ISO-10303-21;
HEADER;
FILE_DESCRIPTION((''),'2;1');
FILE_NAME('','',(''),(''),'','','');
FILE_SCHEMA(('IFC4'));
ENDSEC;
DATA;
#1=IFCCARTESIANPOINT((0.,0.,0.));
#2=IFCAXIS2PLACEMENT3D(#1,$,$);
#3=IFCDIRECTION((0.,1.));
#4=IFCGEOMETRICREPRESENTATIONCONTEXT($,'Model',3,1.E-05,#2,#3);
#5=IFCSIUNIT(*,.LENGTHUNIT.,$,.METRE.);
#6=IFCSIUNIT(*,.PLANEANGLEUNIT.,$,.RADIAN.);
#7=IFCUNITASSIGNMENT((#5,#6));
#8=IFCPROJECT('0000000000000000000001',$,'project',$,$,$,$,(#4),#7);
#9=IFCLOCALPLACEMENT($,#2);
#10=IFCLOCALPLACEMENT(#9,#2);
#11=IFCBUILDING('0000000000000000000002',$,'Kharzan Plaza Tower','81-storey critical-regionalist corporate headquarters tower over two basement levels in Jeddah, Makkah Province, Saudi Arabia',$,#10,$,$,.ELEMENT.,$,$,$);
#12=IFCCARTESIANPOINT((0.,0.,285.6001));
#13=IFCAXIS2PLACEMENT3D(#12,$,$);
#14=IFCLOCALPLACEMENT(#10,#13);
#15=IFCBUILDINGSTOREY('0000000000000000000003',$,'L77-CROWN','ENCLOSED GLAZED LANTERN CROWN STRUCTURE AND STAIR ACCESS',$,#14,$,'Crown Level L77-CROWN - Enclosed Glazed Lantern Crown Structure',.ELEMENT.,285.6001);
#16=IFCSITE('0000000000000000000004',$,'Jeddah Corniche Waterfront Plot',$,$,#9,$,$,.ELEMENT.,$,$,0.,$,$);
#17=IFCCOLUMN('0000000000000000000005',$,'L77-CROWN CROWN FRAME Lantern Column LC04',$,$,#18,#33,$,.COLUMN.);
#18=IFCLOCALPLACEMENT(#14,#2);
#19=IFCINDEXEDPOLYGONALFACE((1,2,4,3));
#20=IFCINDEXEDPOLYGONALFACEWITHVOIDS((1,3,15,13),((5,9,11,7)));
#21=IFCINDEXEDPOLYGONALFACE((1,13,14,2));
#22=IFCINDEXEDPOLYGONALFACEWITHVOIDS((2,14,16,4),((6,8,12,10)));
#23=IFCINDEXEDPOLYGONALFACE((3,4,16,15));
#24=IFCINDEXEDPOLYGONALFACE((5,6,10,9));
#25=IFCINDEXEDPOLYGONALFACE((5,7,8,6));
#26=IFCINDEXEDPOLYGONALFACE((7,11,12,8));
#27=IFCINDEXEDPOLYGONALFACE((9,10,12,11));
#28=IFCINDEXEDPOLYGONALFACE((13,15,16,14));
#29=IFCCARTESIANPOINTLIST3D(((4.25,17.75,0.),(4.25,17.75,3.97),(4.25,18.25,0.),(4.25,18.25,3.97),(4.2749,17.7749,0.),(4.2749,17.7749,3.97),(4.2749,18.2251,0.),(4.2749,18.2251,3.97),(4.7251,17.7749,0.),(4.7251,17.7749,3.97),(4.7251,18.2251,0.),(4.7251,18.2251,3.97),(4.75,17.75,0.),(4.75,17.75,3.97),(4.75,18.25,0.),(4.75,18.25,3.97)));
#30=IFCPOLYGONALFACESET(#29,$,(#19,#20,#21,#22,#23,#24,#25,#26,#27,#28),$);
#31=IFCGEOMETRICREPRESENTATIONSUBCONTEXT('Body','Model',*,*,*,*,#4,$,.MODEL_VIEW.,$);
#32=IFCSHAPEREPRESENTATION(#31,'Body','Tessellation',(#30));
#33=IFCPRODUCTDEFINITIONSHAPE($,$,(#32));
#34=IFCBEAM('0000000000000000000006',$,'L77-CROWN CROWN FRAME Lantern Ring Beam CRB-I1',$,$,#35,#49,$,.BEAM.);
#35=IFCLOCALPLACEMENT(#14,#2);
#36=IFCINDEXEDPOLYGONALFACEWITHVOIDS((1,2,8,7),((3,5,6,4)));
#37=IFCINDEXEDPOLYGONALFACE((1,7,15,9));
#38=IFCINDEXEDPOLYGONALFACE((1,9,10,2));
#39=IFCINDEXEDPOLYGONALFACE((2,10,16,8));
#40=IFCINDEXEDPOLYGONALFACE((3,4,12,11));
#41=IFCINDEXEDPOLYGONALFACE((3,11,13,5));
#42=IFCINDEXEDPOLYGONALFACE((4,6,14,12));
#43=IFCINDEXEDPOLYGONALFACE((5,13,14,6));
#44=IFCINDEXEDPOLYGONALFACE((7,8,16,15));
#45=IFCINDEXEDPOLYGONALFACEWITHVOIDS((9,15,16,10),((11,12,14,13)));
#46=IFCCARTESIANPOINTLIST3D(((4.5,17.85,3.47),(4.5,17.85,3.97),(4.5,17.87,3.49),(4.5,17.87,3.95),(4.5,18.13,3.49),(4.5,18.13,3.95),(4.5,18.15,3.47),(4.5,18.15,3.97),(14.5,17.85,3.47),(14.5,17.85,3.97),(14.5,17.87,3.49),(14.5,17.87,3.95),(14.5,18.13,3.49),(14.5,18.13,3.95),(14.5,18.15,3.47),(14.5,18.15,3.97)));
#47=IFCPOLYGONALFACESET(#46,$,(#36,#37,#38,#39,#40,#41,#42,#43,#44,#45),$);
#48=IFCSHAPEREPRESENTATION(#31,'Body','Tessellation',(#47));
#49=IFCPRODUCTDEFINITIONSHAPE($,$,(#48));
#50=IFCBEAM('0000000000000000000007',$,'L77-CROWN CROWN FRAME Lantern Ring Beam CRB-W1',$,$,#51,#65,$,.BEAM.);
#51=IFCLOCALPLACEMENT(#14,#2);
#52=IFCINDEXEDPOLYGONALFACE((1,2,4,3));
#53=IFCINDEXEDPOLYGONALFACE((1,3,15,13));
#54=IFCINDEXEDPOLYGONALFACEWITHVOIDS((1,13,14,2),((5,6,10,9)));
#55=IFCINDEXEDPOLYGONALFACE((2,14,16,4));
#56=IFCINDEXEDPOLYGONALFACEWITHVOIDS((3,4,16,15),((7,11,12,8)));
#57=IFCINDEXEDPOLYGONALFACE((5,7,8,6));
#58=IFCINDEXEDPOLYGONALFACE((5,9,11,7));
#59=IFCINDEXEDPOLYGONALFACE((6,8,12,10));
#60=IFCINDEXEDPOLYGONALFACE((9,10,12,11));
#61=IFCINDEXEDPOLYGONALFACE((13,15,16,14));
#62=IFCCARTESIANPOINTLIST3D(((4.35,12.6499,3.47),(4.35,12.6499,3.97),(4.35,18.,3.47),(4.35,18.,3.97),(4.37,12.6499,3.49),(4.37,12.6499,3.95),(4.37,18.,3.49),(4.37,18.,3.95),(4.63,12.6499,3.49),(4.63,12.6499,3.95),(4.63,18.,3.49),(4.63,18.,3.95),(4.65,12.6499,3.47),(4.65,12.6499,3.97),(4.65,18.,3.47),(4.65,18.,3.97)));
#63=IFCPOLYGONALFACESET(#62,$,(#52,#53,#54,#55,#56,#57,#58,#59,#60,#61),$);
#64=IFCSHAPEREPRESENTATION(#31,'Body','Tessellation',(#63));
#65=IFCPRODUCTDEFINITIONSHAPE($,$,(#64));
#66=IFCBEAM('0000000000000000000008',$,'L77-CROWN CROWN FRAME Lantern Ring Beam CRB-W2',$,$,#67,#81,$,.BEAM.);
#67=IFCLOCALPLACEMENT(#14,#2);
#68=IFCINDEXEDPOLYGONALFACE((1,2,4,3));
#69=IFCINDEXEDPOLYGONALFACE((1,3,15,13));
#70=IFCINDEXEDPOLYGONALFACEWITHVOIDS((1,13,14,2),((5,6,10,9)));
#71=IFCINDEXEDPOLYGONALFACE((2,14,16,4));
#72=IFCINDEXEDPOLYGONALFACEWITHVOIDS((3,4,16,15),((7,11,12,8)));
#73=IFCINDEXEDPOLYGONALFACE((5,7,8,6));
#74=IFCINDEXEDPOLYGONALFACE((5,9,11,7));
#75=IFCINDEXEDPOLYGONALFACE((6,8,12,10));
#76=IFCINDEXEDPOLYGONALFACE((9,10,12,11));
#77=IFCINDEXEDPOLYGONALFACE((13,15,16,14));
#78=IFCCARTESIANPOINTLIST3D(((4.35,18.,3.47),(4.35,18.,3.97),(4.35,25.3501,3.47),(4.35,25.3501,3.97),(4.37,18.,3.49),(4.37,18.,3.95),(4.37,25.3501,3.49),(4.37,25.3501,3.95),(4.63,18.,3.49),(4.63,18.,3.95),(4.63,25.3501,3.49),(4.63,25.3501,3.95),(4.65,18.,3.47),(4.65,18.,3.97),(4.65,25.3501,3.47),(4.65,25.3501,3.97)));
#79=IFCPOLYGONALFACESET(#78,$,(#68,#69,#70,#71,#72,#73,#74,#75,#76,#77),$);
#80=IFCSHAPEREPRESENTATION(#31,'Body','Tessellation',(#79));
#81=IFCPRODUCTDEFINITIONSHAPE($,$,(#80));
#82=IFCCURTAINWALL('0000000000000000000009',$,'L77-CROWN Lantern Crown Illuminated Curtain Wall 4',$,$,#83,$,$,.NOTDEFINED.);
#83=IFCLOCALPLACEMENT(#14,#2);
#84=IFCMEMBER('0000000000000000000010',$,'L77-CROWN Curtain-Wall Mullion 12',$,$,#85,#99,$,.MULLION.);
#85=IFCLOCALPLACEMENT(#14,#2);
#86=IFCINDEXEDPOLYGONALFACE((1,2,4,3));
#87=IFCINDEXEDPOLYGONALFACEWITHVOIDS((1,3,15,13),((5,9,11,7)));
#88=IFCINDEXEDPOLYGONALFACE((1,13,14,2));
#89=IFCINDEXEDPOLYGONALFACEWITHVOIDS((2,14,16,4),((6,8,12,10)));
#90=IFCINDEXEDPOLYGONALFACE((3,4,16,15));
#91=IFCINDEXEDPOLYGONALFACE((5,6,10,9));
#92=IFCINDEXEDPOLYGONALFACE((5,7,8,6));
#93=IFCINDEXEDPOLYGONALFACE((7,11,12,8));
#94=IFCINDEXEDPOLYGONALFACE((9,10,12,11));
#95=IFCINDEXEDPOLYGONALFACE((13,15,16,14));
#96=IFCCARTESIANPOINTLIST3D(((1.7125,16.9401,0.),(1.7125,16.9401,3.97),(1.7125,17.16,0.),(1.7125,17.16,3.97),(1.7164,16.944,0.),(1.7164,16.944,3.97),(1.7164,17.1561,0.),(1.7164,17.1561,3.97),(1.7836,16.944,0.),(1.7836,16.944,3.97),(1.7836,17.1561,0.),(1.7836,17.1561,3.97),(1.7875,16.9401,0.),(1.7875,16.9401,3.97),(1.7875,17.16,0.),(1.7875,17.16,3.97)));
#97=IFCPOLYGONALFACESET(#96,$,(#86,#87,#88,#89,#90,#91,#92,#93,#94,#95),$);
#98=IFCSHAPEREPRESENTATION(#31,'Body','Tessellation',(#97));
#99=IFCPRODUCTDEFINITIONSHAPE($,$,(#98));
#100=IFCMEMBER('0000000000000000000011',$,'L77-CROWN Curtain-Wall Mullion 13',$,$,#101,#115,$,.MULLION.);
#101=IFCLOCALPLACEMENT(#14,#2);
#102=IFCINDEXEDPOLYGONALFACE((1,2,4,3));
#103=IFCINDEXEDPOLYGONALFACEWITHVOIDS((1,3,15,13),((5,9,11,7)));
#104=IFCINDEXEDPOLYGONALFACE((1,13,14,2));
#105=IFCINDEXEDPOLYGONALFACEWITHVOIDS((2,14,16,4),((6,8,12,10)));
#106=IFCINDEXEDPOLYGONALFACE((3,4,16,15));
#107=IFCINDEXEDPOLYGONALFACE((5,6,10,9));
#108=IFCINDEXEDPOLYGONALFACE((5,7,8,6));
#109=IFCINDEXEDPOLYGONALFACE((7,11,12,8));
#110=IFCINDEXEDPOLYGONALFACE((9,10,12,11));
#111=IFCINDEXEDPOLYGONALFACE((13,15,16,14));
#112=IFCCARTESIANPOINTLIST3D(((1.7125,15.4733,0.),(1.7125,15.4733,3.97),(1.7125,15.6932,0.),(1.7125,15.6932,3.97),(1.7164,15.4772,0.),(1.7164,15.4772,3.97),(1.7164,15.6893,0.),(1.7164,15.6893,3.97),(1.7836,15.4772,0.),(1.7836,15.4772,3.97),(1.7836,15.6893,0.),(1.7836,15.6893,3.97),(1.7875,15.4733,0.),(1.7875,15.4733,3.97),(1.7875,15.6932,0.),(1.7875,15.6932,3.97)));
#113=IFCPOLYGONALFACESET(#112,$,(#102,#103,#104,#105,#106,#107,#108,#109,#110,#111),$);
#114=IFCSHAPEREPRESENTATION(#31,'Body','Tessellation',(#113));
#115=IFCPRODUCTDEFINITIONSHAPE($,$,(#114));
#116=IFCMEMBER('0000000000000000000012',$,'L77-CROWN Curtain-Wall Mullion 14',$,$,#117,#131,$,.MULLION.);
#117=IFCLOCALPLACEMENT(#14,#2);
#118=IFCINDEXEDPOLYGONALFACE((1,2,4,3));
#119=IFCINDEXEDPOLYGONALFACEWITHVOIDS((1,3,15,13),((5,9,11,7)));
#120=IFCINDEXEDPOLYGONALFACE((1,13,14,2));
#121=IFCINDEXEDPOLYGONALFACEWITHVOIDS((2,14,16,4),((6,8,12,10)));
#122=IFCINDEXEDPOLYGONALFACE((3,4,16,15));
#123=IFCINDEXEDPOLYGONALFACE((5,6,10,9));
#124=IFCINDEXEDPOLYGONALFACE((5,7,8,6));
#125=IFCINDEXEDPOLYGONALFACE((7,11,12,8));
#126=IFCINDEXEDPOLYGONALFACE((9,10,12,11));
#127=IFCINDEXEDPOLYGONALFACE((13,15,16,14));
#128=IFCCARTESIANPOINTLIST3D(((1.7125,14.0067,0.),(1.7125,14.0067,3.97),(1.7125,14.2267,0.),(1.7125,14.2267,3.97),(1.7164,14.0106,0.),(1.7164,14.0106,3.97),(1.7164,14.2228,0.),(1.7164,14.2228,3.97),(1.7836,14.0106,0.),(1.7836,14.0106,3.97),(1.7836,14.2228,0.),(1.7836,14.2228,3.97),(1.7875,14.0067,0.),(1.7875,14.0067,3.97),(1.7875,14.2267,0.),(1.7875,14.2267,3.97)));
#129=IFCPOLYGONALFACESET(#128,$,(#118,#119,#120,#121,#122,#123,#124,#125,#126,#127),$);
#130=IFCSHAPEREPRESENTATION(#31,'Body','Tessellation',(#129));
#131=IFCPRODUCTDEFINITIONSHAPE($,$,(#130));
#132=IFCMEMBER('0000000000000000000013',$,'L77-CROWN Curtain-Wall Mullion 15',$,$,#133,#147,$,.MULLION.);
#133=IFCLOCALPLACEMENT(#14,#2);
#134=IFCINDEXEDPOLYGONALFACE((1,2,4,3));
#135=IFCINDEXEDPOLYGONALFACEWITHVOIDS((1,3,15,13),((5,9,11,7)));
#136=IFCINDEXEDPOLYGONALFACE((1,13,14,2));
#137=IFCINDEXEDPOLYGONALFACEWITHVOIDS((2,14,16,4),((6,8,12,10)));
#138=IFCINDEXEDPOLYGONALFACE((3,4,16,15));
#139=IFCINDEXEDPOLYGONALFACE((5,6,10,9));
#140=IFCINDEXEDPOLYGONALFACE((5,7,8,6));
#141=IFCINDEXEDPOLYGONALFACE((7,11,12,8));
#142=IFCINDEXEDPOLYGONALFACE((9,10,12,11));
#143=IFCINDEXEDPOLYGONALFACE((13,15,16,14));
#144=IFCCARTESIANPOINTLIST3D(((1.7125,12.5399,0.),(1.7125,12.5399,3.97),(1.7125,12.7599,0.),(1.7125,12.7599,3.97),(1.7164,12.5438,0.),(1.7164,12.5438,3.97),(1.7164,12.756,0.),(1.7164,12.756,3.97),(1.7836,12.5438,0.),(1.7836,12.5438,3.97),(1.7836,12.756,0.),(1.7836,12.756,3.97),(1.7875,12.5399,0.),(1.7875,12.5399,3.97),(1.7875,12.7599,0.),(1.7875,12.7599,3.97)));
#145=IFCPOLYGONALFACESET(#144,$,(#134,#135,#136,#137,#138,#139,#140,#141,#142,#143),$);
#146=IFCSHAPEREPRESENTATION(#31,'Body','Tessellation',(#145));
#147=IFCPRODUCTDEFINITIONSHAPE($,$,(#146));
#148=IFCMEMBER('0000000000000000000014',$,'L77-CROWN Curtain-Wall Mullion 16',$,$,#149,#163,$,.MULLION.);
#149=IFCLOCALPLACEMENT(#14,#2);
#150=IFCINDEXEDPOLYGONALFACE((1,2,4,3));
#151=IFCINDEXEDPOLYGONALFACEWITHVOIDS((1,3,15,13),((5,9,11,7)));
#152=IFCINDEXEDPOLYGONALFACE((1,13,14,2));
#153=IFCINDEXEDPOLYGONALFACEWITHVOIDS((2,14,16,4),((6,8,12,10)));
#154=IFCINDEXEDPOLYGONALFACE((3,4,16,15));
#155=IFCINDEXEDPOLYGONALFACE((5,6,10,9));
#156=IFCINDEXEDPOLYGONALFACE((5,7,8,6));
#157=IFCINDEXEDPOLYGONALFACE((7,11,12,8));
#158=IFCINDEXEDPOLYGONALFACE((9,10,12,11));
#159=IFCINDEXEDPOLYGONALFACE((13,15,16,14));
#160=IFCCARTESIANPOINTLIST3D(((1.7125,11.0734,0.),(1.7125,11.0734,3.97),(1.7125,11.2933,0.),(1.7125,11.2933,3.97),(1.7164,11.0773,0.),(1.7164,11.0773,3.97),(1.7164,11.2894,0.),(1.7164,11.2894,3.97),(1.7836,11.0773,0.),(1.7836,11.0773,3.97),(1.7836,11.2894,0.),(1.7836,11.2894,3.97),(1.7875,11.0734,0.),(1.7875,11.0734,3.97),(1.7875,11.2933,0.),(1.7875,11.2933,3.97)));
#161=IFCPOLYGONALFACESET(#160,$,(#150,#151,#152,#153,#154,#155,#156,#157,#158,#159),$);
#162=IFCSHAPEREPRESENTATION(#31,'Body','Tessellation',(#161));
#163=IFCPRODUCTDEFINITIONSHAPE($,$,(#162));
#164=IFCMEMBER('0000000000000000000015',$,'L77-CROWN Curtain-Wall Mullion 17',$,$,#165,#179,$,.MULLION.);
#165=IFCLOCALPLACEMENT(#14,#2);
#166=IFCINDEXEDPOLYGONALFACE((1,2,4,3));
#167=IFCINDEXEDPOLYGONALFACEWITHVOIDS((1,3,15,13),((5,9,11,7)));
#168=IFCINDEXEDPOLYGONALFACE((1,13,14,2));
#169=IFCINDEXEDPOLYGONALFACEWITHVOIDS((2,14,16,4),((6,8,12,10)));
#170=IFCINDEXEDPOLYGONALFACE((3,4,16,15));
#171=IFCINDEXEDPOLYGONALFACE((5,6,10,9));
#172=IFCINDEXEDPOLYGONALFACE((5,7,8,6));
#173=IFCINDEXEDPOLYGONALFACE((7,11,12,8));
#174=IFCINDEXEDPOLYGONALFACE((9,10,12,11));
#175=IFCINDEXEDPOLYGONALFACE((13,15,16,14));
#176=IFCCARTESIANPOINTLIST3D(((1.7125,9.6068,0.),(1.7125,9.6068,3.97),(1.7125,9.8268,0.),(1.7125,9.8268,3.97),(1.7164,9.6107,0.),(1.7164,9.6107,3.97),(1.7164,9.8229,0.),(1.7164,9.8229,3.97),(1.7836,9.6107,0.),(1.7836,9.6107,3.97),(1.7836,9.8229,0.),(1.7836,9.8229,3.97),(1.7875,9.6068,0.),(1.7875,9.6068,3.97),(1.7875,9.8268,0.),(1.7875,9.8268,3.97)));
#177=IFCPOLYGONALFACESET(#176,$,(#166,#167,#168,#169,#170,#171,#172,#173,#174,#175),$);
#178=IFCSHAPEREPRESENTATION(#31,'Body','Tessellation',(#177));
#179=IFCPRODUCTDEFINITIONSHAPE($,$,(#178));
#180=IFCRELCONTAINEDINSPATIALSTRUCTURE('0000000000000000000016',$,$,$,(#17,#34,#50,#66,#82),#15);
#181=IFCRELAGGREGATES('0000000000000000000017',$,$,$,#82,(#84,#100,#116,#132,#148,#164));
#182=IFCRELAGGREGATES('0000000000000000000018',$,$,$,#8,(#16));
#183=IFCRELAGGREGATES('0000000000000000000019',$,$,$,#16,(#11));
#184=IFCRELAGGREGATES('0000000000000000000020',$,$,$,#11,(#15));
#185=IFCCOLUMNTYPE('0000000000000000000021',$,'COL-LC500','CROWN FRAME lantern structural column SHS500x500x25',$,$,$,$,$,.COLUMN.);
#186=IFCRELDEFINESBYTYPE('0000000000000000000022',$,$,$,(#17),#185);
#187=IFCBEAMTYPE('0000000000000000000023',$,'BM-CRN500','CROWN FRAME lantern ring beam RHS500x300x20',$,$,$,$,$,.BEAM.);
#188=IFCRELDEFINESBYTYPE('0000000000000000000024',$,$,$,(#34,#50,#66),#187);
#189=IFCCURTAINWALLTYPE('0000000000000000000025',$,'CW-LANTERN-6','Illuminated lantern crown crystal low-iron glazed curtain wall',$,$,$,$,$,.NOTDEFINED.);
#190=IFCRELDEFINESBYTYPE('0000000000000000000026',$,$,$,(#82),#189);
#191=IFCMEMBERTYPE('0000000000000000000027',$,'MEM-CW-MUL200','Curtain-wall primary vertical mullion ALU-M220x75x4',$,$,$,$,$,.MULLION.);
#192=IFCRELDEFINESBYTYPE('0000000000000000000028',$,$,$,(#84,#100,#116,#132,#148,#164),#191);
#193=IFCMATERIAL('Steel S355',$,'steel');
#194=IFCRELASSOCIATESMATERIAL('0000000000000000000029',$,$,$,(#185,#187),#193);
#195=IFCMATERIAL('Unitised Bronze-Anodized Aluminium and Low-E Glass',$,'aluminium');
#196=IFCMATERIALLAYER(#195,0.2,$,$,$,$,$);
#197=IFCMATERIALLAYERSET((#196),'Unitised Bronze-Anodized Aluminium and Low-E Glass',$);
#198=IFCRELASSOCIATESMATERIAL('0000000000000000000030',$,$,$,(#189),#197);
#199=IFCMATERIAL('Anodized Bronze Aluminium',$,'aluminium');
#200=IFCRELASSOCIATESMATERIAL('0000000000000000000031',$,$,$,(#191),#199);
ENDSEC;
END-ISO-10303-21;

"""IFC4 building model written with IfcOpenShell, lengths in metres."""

from ifc_helpers import new_model, si_unit, direction, frame, origin, origin_2d, place, context, subcontext, project, spatial, hollow_rectangle, extrude, source, transform, mapped, material, layer, layer_set, material_profile, profile_set, type_object, element, aggregate, save


model = new_model("IFC4")

# Units and contexts
model_context = context("Model", 3, precision=1e-05, world=origin(), true_north=direction((0.0, 1.0)))
body_context = subcontext(model_context, "Body", "Model", "MODEL_VIEW")
ifc_project = project(units=[si_unit("LENGTHUNIT", "METRE"), si_unit("PLANEANGLEUNIT", "RADIAN")], contexts=[model_context])

# Site, building, storey
site_placement = place(None, origin())
site = spatial("IfcSite", under=ifc_project, at=site_placement, Name="Jeddah Corniche Waterfront Plot", CompositionType="ELEMENT", RefElevation=0.0)
building_placement = place(site_placement, origin())
building = spatial("IfcBuilding", under=site, at=building_placement, Name="Kharzan Plaza Tower", Description="81-storey critical-regionalist corporate headquarters tower over two basement levels in Jeddah, Makkah Province, Saudi Arabia", CompositionType="ELEMENT")
storey_placement = place(building_placement, frame((0.0, 0.0, 285.6001)))
storey = spatial("IfcBuildingStorey", under=building, at=storey_placement, Name="L77-CROWN", Description="ENCLOSED GLAZED LANTERN CROWN STRUCTURE AND STAIR ACCESS", LongName="Crown Level L77-CROWN - Enclosed Glazed Lantern Crown Structure", CompositionType="ELEMENT", Elevation=285.6001)

# Column
ifc_material_1 = material(Name="Steel S355", Category="steel")
ifc_material_profile_1 = material_profile(ifc_material_1, hollow_rectangle(XDim=0.5, YDim=0.5, WallThickness=0.0249, at=origin_2d()), Name="SHS500x500x25")
ifc_profile_set_1 = profile_set([ifc_material_profile_1], Name="Steel S355")
column_type = type_object("IfcColumnType", Name="COL-LC500", Description="CROWN FRAME lantern structural column SHS500x500x25", PredefinedType="COLUMN", material=ifc_profile_set_1)
shared_shape_1 = source(origin(), body_context, "Body", "SweptSolid", [
    extrude(hollow_rectangle(XDim=0.5, YDim=0.5, WallThickness=0.0249, at=origin_2d()), origin(), (0.0, 0.0, 1.0), 3.97),
])
column_placement = place(storey_placement, frame((4.5, 18.0, 0.0), z_axis=(0.0, 0.0, 1.0), x_axis=(1.0, 0.0, 0.0)))
element("IfcColumn", 1, at=column_placement, inside=storey, type_object=column_type, Name="L77-CROWN CROWN FRAME Lantern Column LC04", PredefinedType="COLUMN", context=body_context, shape_type="MappedRepresentation", body=[
    mapped(shared_shape_1, transform((0.0, 0.0, 0.0), x_axis=(1.0, 0.0, 0.0), y_axis=(0.0, 1.0, 0.0), z_axis=(0.0, 0.0, 1.0))),
])

# Beams
ifc_material_profile_2 = material_profile(ifc_material_1, hollow_rectangle(XDim=0.3, YDim=0.5, WallThickness=0.02, at=origin_2d()), Name="RHS500x300x20")
ifc_profile_set_2 = profile_set([ifc_material_profile_2], Name="Steel S355")
beam_type = type_object("IfcBeamType", Name="BM-CRN500", Description="CROWN FRAME lantern ring beam RHS500x300x20", PredefinedType="BEAM", material=ifc_profile_set_2)
shared_shape_2 = source(origin(), body_context, "Body", "SweptSolid", [
    extrude(hollow_rectangle(XDim=0.3, YDim=0.5, WallThickness=0.02, at=origin_2d()), origin(), (0.0, 0.0, 1.0), 10.0),
])
beam_1_placement = place(storey_placement, frame((4.5, 18.0, 3.72), z_axis=(1.0, 0.0, 0.0), x_axis=(0.0, 1.0, 0.0)))
element("IfcBeam", 2, at=beam_1_placement, inside=storey, type_object=beam_type, Name="L77-CROWN CROWN FRAME Lantern Ring Beam CRB-I1", PredefinedType="BEAM", context=body_context, shape_type="MappedRepresentation", body=[
    mapped(shared_shape_2, transform((0.0, 0.0, 0.0), x_axis=(1.0, 0.0, 0.0), y_axis=(0.0, 1.0, 0.0), z_axis=(0.0, 0.0, 1.0))),
])
shared_shape_3 = source(origin(), body_context, "Body", "SweptSolid", [
    extrude(hollow_rectangle(XDim=0.3, YDim=0.5, WallThickness=0.02, at=origin_2d()), origin(), (0.0, 0.0, 1.0), 5.3501),
])
beam_2_placement = place(storey_placement, frame((4.5, 12.6499, 3.72), z_axis=(0.0, 1.0, 0.0), x_axis=(-1.0, 0.0, 0.0)))
element("IfcBeam", 3, at=beam_2_placement, inside=storey, type_object=beam_type, Name="L77-CROWN CROWN FRAME Lantern Ring Beam CRB-W1", PredefinedType="BEAM", context=body_context, shape_type="MappedRepresentation", body=[
    mapped(shared_shape_3, transform((0.0, 0.0, 0.0), x_axis=(1.0, 0.0, 0.0), y_axis=(0.0, 1.0, 0.0), z_axis=(0.0, 0.0, 1.0))),
])
shared_shape_4 = source(origin(), body_context, "Body", "SweptSolid", [
    extrude(hollow_rectangle(XDim=0.3, YDim=0.5, WallThickness=0.02, at=origin_2d()), origin(), (0.0, 0.0, 1.0), 7.3501),
])
beam_3_placement = place(storey_placement, frame((4.5, 18.0, 3.72), z_axis=(0.0, 1.0, 0.0), x_axis=(-1.0, 0.0, 0.0)))
element("IfcBeam", 4, at=beam_3_placement, inside=storey, type_object=beam_type, Name="L77-CROWN CROWN FRAME Lantern Ring Beam CRB-W2", PredefinedType="BEAM", context=body_context, shape_type="MappedRepresentation", body=[
    mapped(shared_shape_4, transform((0.0, 0.0, 0.0), x_axis=(1.0, 0.0, 0.0), y_axis=(0.0, 1.0, 0.0), z_axis=(0.0, 0.0, 1.0))),
])

# Curtain wall, members
ifc_material_2 = material(Name="Unitised Bronze-Anodized Aluminium and Low-E Glass", Category="aluminium")
ifc_layer_1 = layer(ifc_material_2, 0.2)
ifc_layer_set_1 = layer_set([ifc_layer_1], Name="Unitised Bronze-Anodized Aluminium and Low-E Glass")
curtain_wall_type = type_object("IfcCurtainWallType", Name="CW-LANTERN-6", Description="Illuminated lantern crown crystal low-iron glazed curtain wall", PredefinedType="NOTDEFINED", material=ifc_layer_set_1)
curtain_wall_placement = place(storey_placement, origin())
curtain_wall = element("IfcCurtainWall", 5, at=curtain_wall_placement, inside=storey, type_object=curtain_wall_type, Name="L77-CROWN Lantern Crown Illuminated Curtain Wall 4", PredefinedType="NOTDEFINED")
ifc_material_3 = material(Name="Anodized Bronze Aluminium", Category="aluminium")
ifc_material_profile_3 = material_profile(ifc_material_3, hollow_rectangle(XDim=0.075, YDim=0.22, WallThickness=0.0039, at=origin_2d()), Name="ALU-M220x75x4")
ifc_profile_set_3 = profile_set([ifc_material_profile_3], Name="Anodized Bronze Aluminium")
member_type = type_object("IfcMemberType", Name="MEM-CW-MUL200", Description="Curtain-wall primary vertical mullion ALU-M220x75x4", PredefinedType="MULLION", material=ifc_profile_set_3)
shared_shape_5 = source(origin(), body_context, "Body", "SweptSolid", [
    extrude(hollow_rectangle(XDim=0.075, YDim=0.22, WallThickness=0.0039, at=origin_2d()), origin(), (0.0, 0.0, 1.0), 3.97),
])
member_1_placement = place(storey_placement, frame((1.75, 17.05, 0.0), z_axis=(0.0, 0.0, 1.0), x_axis=(1.0, 0.0, 0.0)))
member_1 = element("IfcMember", 6, at=member_1_placement, type_object=member_type, Name="L77-CROWN Curtain-Wall Mullion 12", PredefinedType="MULLION", context=body_context, shape_type="MappedRepresentation", body=[
    mapped(shared_shape_5, transform((0.0, 0.0, 0.0), x_axis=(1.0, 0.0, 0.0), y_axis=(0.0, 1.0, 0.0), z_axis=(0.0, 0.0, 1.0))),
])
member_2_placement = place(storey_placement, frame((1.75, 15.5833, 0.0), z_axis=(0.0, 0.0, 1.0), x_axis=(1.0, 0.0, 0.0)))
member_2 = element("IfcMember", 7, at=member_2_placement, type_object=member_type, Name="L77-CROWN Curtain-Wall Mullion 13", PredefinedType="MULLION", context=body_context, shape_type="MappedRepresentation", body=[
    mapped(shared_shape_5, transform((0.0, 0.0, 0.0), x_axis=(1.0, 0.0, 0.0), y_axis=(0.0, 1.0, 0.0), z_axis=(0.0, 0.0, 1.0))),
])
member_3_placement = place(storey_placement, frame((1.75, 14.1167, 0.0), z_axis=(0.0, 0.0, 1.0), x_axis=(1.0, 0.0, 0.0)))
member_3 = element("IfcMember", 8, at=member_3_placement, type_object=member_type, Name="L77-CROWN Curtain-Wall Mullion 14", PredefinedType="MULLION", context=body_context, shape_type="MappedRepresentation", body=[
    mapped(shared_shape_5, transform((0.0, 0.0, 0.0), x_axis=(1.0, 0.0, 0.0), y_axis=(0.0, 1.0, 0.0), z_axis=(0.0, 0.0, 1.0))),
])
member_4_placement = place(storey_placement, frame((1.75, 12.6499, 0.0), z_axis=(0.0, 0.0, 1.0), x_axis=(1.0, 0.0, 0.0)))
member_4 = element("IfcMember", 9, at=member_4_placement, type_object=member_type, Name="L77-CROWN Curtain-Wall Mullion 15", PredefinedType="MULLION", context=body_context, shape_type="MappedRepresentation", body=[
    mapped(shared_shape_5, transform((0.0, 0.0, 0.0), x_axis=(1.0, 0.0, 0.0), y_axis=(0.0, 1.0, 0.0), z_axis=(0.0, 0.0, 1.0))),
])
member_5_placement = place(storey_placement, frame((1.75, 11.1833, 0.0), z_axis=(0.0, 0.0, 1.0), x_axis=(1.0, 0.0, 0.0)))
member_5 = element("IfcMember", 10, at=member_5_placement, type_object=member_type, Name="L77-CROWN Curtain-Wall Mullion 16", PredefinedType="MULLION", context=body_context, shape_type="MappedRepresentation", body=[
    mapped(shared_shape_5, transform((0.0, 0.0, 0.0), x_axis=(1.0, 0.0, 0.0), y_axis=(0.0, 1.0, 0.0), z_axis=(0.0, 0.0, 1.0))),
])
member_6_placement = place(storey_placement, frame((1.75, 9.7168, 0.0), z_axis=(0.0, 0.0, 1.0), x_axis=(1.0, 0.0, 0.0)))
member_6 = element("IfcMember", 11, at=member_6_placement, type_object=member_type, Name="L77-CROWN Curtain-Wall Mullion 17", PredefinedType="MULLION", context=body_context, shape_type="MappedRepresentation", body=[
    mapped(shared_shape_5, transform((0.0, 0.0, 0.0), x_axis=(1.0, 0.0, 0.0), y_axis=(0.0, 1.0, 0.0), z_axis=(0.0, 0.0, 1.0))),
])
aggregate(curtain_wall, [member_1, member_2, member_3, member_4, member_5, member_6])

save(model, "model.ifc")
